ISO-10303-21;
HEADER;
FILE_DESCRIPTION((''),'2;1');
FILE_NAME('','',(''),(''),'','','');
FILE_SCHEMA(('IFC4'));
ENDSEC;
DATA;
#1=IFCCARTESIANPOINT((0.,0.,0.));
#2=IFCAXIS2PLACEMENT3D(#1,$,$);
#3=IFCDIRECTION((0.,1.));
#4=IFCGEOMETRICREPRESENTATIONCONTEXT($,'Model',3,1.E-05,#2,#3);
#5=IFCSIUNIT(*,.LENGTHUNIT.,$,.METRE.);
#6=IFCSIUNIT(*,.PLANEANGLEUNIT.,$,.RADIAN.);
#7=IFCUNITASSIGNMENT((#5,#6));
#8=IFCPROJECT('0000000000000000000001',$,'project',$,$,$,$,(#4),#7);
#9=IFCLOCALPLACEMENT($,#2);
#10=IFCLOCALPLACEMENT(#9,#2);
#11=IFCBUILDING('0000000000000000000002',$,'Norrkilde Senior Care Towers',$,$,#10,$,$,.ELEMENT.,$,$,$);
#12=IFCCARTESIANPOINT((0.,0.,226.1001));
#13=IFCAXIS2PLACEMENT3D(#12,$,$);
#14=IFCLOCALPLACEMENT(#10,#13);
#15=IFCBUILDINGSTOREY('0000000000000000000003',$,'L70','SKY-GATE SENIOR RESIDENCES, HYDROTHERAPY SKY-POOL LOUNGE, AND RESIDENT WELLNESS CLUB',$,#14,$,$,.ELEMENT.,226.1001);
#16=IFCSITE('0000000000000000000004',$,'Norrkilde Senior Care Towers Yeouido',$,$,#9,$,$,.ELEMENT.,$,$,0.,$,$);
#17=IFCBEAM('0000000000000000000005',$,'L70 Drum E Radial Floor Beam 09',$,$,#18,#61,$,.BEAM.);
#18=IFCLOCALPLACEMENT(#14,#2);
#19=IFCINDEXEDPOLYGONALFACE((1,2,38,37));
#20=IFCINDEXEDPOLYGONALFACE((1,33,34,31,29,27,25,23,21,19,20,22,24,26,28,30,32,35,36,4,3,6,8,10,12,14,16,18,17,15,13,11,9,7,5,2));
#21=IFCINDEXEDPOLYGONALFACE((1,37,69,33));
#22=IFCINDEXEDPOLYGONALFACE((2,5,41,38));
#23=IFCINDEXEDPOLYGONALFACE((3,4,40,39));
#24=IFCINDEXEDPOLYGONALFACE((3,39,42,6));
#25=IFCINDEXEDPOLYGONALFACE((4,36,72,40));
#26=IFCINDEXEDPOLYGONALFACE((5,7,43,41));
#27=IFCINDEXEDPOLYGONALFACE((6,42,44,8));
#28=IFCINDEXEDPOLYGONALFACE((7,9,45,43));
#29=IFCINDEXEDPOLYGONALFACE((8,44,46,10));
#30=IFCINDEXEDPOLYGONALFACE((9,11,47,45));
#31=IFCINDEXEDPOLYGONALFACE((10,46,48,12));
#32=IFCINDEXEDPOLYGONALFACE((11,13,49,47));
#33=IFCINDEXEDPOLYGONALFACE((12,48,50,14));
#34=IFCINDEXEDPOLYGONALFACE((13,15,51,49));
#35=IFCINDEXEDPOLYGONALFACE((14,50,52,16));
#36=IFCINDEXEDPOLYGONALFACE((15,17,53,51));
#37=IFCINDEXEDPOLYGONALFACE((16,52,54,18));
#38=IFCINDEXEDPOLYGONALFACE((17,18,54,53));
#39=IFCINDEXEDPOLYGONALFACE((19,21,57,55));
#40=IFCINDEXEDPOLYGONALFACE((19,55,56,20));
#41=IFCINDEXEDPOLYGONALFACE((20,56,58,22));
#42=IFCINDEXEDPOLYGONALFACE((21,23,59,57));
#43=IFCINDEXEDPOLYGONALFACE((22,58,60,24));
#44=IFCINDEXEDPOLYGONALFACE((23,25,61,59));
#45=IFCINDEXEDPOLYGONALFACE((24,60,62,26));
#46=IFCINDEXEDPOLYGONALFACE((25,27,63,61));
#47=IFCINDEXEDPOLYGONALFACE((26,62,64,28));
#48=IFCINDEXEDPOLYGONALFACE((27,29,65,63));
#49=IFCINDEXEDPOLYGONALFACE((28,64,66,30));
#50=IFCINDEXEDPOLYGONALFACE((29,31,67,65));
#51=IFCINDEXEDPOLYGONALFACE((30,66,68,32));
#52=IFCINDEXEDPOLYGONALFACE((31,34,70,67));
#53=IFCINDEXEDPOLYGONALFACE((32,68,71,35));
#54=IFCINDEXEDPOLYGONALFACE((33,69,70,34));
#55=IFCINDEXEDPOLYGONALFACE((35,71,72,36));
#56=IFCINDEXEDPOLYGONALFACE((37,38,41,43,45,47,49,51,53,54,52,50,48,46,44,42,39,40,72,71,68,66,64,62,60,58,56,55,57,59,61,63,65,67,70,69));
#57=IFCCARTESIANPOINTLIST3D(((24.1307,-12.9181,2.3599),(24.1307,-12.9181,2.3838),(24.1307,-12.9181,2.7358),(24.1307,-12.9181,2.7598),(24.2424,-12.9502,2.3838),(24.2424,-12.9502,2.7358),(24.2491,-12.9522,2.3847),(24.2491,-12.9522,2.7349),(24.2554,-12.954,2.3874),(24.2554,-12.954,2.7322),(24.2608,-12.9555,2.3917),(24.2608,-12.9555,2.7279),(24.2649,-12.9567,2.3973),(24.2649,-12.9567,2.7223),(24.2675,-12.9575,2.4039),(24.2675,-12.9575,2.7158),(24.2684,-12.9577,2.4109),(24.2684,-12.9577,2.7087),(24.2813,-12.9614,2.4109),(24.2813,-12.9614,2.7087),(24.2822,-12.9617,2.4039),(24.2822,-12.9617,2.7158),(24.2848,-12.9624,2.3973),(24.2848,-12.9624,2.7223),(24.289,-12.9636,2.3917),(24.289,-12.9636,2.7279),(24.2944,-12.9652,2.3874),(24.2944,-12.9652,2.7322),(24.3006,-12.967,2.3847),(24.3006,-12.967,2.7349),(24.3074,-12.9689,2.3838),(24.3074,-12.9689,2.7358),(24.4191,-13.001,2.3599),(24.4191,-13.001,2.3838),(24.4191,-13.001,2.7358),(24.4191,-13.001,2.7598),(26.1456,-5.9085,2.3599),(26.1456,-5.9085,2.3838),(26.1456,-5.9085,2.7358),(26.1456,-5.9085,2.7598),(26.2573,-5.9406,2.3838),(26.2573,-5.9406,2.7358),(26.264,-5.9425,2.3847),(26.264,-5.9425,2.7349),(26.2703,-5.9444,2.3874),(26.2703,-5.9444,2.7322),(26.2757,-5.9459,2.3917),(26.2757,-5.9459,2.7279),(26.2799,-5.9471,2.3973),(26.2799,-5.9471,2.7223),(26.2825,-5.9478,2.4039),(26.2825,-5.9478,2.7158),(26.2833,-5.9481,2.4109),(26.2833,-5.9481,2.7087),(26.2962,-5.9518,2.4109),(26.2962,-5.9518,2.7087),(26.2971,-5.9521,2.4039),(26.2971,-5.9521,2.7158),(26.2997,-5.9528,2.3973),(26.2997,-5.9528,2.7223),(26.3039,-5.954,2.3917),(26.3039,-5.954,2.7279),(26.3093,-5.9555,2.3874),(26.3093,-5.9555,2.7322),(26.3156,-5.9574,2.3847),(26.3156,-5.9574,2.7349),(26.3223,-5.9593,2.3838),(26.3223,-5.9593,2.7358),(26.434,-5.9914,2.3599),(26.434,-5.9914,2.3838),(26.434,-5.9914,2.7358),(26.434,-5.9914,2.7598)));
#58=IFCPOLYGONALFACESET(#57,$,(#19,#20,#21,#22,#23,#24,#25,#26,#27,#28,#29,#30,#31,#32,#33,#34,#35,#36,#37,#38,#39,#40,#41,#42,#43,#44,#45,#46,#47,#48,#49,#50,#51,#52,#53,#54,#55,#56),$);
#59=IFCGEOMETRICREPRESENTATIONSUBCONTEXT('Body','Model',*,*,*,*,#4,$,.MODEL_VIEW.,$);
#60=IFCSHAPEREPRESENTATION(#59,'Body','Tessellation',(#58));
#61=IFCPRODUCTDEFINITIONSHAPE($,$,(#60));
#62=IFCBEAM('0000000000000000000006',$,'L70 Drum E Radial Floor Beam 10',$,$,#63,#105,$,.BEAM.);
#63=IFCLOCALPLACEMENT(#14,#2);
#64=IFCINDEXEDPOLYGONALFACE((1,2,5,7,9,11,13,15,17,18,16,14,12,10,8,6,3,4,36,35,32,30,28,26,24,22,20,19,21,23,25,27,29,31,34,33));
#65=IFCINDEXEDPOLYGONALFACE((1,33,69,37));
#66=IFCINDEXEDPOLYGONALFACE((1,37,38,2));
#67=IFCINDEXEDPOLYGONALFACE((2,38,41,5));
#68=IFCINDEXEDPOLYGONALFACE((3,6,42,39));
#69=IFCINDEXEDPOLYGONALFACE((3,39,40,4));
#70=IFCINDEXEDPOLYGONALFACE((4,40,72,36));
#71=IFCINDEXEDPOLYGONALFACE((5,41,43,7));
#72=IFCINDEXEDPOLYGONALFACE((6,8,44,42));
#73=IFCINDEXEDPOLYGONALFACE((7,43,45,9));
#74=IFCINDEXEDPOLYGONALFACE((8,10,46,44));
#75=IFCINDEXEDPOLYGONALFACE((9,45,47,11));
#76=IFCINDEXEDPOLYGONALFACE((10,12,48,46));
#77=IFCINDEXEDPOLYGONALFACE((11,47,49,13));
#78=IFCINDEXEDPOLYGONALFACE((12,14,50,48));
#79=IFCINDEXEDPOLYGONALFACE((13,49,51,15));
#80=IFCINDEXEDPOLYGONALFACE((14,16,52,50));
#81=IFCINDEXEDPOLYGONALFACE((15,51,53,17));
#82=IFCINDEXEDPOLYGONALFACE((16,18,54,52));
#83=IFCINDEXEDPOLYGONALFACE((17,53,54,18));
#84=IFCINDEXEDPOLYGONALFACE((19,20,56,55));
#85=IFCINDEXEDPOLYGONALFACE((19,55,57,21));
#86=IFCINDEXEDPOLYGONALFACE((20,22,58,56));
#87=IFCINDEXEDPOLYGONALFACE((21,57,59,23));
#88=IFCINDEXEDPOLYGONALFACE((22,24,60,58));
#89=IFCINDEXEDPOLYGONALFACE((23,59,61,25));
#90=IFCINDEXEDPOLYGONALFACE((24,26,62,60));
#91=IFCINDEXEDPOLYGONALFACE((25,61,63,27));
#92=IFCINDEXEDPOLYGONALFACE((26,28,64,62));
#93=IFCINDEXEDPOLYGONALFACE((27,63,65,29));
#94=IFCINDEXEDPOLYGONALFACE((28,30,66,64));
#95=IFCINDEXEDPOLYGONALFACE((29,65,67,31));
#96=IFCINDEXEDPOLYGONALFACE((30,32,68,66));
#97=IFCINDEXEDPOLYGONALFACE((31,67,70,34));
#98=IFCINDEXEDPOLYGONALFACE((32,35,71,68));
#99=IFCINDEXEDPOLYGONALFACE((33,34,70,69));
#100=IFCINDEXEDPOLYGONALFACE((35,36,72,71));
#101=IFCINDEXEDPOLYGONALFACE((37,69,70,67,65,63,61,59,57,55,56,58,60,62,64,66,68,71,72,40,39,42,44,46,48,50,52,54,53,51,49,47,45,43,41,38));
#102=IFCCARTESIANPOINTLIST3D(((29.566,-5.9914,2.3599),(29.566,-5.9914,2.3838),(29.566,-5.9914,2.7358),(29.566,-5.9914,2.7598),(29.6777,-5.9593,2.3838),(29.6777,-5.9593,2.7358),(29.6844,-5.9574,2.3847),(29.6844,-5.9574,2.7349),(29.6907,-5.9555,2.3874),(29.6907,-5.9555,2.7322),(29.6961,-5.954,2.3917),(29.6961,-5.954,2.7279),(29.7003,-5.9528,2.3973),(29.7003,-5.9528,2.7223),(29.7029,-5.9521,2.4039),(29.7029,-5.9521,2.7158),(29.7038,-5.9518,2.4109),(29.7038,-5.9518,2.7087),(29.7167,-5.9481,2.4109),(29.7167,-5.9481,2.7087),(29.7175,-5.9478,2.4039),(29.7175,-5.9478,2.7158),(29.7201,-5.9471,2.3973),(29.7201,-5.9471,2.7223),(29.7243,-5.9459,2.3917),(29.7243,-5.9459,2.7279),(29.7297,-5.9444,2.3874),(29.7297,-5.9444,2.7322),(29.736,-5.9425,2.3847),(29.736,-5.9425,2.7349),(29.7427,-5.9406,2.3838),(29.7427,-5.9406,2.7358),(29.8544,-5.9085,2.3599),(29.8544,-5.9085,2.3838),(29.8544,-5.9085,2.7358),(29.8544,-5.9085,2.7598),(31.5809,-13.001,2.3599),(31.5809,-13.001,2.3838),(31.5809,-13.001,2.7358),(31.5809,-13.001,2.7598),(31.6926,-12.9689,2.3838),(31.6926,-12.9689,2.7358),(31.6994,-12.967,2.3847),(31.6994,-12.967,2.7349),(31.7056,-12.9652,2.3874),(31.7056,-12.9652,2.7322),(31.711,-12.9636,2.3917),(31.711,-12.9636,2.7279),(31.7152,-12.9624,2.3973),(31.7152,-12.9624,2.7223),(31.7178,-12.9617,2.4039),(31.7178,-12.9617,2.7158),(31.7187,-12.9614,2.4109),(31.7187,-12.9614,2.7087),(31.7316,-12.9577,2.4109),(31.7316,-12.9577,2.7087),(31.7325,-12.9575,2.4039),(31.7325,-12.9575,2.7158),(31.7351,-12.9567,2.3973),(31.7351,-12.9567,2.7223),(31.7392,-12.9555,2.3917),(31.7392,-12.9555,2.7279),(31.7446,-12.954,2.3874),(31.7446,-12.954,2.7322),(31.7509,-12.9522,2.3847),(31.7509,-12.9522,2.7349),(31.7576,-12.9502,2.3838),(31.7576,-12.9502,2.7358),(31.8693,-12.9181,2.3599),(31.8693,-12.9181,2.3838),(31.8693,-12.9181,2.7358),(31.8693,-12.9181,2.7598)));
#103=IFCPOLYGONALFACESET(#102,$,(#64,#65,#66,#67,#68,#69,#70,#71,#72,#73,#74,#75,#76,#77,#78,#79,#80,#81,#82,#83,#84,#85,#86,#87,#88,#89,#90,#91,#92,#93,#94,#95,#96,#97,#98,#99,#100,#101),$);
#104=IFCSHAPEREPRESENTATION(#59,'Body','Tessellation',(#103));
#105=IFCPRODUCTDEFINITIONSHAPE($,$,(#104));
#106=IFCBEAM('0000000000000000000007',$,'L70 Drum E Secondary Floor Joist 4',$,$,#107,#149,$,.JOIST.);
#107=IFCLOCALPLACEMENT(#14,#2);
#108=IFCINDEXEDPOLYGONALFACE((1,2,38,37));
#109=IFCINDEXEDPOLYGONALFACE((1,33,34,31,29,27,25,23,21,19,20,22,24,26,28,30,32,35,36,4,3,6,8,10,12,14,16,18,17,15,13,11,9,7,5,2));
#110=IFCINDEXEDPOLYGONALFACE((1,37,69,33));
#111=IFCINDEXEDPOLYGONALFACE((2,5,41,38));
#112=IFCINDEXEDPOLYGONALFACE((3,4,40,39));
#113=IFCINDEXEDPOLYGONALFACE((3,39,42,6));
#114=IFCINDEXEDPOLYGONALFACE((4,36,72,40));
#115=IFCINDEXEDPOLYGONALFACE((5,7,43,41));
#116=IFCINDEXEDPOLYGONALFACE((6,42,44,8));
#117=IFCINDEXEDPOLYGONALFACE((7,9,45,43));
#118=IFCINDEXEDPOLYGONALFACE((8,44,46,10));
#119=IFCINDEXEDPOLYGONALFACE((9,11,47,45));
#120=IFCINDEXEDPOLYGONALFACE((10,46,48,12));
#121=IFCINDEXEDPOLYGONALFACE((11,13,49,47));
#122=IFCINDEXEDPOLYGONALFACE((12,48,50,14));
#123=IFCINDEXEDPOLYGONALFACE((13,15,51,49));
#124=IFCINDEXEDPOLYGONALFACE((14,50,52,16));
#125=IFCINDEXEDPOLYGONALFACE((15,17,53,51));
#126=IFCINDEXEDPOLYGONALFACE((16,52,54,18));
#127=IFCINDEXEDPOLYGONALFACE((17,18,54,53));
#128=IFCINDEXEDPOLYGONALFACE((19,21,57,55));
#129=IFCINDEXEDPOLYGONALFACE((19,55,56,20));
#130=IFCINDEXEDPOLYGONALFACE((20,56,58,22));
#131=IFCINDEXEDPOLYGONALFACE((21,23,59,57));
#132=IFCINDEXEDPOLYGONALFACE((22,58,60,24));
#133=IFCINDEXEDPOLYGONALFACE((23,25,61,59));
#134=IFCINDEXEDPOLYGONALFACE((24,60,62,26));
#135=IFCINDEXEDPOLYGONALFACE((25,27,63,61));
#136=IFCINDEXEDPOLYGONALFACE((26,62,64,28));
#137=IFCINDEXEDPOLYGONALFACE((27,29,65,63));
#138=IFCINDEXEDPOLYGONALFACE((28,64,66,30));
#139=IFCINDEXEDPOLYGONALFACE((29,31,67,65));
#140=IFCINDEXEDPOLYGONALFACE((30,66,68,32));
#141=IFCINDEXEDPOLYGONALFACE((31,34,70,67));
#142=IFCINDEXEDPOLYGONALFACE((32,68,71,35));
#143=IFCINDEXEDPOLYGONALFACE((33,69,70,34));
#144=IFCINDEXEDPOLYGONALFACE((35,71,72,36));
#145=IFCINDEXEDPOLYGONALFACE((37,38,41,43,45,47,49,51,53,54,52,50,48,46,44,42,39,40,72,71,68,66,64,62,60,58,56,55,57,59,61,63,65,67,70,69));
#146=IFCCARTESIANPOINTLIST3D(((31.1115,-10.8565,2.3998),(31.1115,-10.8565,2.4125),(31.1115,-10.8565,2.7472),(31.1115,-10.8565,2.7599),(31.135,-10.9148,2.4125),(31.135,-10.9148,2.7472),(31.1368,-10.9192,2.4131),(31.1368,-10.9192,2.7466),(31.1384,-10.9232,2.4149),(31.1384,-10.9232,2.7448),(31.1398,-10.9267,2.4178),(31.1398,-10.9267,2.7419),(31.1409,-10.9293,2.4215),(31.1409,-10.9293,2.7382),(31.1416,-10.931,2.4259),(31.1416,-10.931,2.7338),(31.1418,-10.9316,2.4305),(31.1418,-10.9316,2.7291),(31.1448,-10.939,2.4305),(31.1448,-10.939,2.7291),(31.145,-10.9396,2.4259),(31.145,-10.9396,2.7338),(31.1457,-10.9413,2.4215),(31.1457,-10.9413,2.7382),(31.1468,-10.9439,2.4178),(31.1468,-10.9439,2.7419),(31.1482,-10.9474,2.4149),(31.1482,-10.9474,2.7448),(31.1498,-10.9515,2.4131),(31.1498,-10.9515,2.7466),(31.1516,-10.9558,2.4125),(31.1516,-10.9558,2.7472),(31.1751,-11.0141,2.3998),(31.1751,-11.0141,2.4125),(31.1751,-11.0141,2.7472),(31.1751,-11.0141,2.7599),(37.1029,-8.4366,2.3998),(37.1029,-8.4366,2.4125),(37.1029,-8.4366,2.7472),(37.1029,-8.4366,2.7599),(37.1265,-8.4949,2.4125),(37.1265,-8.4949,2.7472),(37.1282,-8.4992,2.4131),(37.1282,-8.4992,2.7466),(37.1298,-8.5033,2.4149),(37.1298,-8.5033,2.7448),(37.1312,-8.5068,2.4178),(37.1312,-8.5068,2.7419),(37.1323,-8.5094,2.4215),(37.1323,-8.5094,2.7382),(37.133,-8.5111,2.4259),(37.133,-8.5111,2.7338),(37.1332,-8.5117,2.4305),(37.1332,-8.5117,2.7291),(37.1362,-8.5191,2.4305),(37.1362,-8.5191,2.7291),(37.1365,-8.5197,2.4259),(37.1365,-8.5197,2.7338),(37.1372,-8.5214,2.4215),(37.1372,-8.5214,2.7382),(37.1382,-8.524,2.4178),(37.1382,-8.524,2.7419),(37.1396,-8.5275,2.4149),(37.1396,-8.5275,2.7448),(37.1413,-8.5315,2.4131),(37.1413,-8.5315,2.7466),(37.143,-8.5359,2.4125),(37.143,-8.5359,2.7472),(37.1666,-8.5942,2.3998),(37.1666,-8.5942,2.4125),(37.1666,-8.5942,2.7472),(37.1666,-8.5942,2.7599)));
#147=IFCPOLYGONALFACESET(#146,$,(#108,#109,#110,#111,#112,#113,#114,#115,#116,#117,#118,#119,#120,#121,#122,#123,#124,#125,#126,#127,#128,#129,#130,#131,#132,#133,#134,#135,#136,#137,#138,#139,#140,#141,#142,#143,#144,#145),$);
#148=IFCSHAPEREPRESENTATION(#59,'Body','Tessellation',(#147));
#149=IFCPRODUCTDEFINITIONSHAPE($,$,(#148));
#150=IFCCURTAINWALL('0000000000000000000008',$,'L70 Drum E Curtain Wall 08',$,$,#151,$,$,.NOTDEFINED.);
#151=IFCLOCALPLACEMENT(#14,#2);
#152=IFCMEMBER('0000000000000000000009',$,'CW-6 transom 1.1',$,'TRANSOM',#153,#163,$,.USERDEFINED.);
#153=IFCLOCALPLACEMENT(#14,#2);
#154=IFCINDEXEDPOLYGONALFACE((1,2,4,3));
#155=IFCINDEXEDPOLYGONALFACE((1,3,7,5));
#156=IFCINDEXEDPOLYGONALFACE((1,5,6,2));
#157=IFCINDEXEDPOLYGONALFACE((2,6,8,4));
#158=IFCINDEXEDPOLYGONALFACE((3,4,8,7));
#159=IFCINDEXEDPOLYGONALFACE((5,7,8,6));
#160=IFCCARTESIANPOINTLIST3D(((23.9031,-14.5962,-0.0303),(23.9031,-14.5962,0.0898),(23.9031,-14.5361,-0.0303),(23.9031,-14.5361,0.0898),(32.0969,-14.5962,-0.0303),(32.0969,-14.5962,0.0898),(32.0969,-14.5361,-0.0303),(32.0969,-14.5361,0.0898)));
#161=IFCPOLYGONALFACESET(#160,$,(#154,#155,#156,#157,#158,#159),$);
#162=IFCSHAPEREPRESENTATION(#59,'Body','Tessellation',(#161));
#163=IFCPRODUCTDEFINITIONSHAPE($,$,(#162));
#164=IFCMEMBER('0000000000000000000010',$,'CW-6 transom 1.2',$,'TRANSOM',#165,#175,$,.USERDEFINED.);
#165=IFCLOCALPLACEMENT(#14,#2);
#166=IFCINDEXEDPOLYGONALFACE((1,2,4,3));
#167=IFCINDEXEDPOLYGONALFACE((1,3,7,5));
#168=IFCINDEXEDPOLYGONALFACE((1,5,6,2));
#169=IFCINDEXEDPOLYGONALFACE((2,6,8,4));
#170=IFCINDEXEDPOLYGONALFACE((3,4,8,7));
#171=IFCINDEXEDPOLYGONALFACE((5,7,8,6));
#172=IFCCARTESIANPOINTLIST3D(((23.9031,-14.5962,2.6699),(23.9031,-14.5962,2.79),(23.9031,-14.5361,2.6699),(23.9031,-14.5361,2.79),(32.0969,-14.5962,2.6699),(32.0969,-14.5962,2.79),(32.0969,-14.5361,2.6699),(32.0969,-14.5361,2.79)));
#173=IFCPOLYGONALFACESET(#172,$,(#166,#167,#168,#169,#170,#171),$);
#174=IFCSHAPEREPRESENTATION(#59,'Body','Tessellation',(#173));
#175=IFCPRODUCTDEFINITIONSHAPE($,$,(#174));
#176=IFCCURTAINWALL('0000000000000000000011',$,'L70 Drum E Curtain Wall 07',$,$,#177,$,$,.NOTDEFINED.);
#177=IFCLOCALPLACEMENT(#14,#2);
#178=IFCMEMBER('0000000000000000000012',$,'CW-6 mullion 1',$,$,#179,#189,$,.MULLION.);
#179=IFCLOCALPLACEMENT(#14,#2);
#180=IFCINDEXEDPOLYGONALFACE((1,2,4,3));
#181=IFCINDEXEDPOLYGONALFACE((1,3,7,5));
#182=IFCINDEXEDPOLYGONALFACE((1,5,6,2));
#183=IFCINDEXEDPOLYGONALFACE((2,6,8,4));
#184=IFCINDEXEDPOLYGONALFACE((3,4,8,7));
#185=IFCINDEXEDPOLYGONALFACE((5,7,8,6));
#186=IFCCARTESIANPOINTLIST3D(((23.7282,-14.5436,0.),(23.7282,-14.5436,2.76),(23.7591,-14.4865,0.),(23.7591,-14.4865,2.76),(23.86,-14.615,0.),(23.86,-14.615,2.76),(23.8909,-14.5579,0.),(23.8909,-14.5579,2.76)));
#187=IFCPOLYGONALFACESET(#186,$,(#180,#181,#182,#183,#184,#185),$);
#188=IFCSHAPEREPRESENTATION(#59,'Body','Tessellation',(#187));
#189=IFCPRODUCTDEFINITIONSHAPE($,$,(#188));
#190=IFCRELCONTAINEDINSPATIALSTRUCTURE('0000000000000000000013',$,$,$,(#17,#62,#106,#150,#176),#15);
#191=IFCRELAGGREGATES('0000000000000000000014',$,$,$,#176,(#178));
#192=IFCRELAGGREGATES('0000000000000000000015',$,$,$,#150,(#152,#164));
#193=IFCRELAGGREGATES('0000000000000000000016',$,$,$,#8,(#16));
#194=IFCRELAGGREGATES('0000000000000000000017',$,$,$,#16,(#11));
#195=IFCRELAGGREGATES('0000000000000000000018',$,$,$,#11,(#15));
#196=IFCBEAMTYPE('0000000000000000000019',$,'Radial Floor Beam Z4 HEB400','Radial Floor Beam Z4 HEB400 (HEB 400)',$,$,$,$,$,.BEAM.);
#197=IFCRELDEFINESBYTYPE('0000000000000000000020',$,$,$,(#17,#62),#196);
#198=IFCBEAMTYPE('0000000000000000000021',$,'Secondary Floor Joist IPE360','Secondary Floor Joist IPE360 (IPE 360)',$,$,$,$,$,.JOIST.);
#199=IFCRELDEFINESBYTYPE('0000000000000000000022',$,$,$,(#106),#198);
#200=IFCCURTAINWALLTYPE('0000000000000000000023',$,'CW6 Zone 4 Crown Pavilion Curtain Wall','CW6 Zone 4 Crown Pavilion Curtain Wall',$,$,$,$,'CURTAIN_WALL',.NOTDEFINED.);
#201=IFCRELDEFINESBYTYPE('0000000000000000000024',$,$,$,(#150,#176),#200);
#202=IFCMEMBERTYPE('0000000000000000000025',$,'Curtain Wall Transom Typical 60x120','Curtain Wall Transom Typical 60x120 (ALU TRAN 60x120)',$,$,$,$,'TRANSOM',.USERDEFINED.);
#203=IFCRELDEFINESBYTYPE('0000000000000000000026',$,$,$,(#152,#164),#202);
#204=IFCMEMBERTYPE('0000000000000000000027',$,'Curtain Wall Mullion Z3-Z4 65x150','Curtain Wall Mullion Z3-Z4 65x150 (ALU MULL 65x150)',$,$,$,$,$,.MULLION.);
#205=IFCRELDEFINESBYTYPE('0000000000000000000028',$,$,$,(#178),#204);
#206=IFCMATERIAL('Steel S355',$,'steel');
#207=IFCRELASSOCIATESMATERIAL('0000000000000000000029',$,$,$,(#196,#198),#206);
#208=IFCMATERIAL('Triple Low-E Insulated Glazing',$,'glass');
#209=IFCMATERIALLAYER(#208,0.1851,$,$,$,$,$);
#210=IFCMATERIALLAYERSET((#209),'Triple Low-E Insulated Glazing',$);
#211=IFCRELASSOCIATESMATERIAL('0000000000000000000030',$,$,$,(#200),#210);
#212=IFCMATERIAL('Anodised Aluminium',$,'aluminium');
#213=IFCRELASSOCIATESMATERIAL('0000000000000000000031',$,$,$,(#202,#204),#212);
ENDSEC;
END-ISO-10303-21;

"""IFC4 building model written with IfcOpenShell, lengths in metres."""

from ifc_helpers import new_model, si_unit, direction, frame, origin, origin_2d, place, context, subcontext, project, spatial, rectangle, i_section, extrude, source, transform, mapped, material, layer, layer_set, material_profile, profile_set, type_object, type_shapes, element, aggregate, save


model = new_model("IFC4")

# Units and contexts
model_context = context("Model", 3, precision=1e-05, world=origin(), true_north=direction((0.0, 1.0)))
body_context = subcontext(model_context, "Body", "Model", "MODEL_VIEW")
ifc_project = project(units=[si_unit("LENGTHUNIT", "METRE"), si_unit("PLANEANGLEUNIT", "RADIAN")], contexts=[model_context])

# Site, building, storey
site_placement = place(None, origin())
site = spatial("IfcSite", under=ifc_project, at=site_placement, Name="Norrkilde Senior Care Towers Yeouido", CompositionType="ELEMENT", RefElevation=0.0)
building_placement = place(site_placement, origin())
building = spatial("IfcBuilding", under=site, at=building_placement, Name="Norrkilde Senior Care Towers", CompositionType="ELEMENT")
storey_placement = place(building_placement, frame((0.0, 0.0, 226.1001)))
storey = spatial("IfcBuildingStorey", under=building, at=storey_placement, Name="L70", Description="SKY-GATE SENIOR RESIDENCES, HYDROTHERAPY SKY-POOL LOUNGE, AND RESIDENT WELLNESS CLUB", CompositionType="ELEMENT", Elevation=226.1001)

# Beams
ifc_material_1 = material(Name="Steel S355", Category="steel")
ifc_material_profile_1 = material_profile(ifc_material_1, i_section(OverallWidth=0.3, OverallDepth=0.3999, WebThickness=0.0134, FlangeThickness=0.0239, FilletRadius=0.0271, at=origin_2d()), Name="HEB 400")
ifc_profile_set_1 = profile_set([ifc_material_profile_1], Name="Steel S355")
beam_type_1 = type_object("IfcBeamType", Name="Radial Floor Beam Z4 HEB400", Description="Radial Floor Beam Z4 HEB400 (HEB 400)", PredefinedType="BEAM", material=ifc_profile_set_1)
shared_shape_1 = source(origin(), body_context, "Body", "SweptSolid", [
    extrude(i_section(OverallWidth=0.3, OverallDepth=0.3999, WebThickness=0.0134, FlangeThickness=0.0239, FilletRadius=0.0271, at=origin_2d()), origin(), (0.0, 0.0, 1.0), 7.2935),
])
type_shapes(beam_type_1, [shared_shape_1])
for number, where, z_axis, x_axis, name in (
    (1, (26.2898, -5.95, 2.5598), (-0.276264, -0.961082, 0.0), (0.961082, -0.276264, 0.0), "L70 Drum E Radial Floor Beam 09"),
    (2, (29.7102, -5.95, 2.5598), (0.276264, -0.961082, 0.0), (0.961082, 0.276264, 0.0), "L70 Drum E Radial Floor Beam 10"),
):
    element("IfcBeam", number, at=place(storey_placement, frame(where, z_axis=z_axis, x_axis=x_axis)), inside=storey, type_object=beam_type_1, Name=name, PredefinedType="BEAM", context=body_context, shape_type="MappedRepresentation", body=[
        mapped(shared_shape_1, transform((0.0, 0.0, 0.0), x_axis=(1.0, 0.0, 0.0), y_axis=(0.0, 1.0, 0.0), z_axis=(0.0, 0.0, 1.0), scale=1.0)),
    ])
ifc_material_profile_2 = material_profile(ifc_material_1, i_section(OverallWidth=0.1699, OverallDepth=0.3601, WebThickness=0.0081, FlangeThickness=0.0127, FilletRadius=0.0181, at=origin_2d()), Name="IPE 360")
ifc_profile_set_2 = profile_set([ifc_material_profile_2], Name="Steel S355")
beam_type_2 = type_object("IfcBeamType", Name="Secondary Floor Joist IPE360", Description="Secondary Floor Joist IPE360 (IPE 360)", PredefinedType="JOIST", material=ifc_profile_set_2)
shared_shape_2 = source(origin(), body_context, "Body", "SweptSolid", [
    extrude(i_section(OverallWidth=0.1699, OverallDepth=0.3601, WebThickness=0.0081, FlangeThickness=0.0127, FilletRadius=0.0181, at=origin_2d()), origin(), (0.0, 0.0, 1.0), 6.4617),
])
type_shapes(beam_type_2, [shared_shape_2])
beam_1_placement = place(storey_placement, frame((31.1433, -10.9353, 2.5798), z_axis=(0.927226, 0.374502, 0.0), x_axis=(-0.374502, 0.927226, 0.0)))
element("IfcBeam", 3, at=beam_1_placement, inside=storey, type_object=beam_type_2, Name="L70 Drum E Secondary Floor Joist 4", PredefinedType="JOIST", context=body_context, shape_type="MappedRepresentation", body=[
    mapped(shared_shape_2, transform((0.0, 0.0, 0.0), x_axis=(1.0, 0.0, 0.0), y_axis=(0.0, 1.0, 0.0), z_axis=(0.0, 0.0, 1.0), scale=1.0)),
])

# Curtain wall, members
ifc_material_2 = material(Name="Triple Low-E Insulated Glazing", Category="glass")
ifc_layer_1 = layer(ifc_material_2, 0.1851)
ifc_layer_set_1 = layer_set([ifc_layer_1], Name="Triple Low-E Insulated Glazing")
curtain_wall_type = type_object("IfcCurtainWallType", Name="CW6 Zone 4 Crown Pavilion Curtain Wall", Description="CW6 Zone 4 Crown Pavilion Curtain Wall", ElementType="CURTAIN_WALL", PredefinedType="NOTDEFINED", material=ifc_layer_set_1)
curtain_wall_1_placement = place(storey_placement, origin())
curtain_wall_1 = element("IfcCurtainWall", 4, at=curtain_wall_1_placement, inside=storey, type_object=curtain_wall_type, Name="L70 Drum E Curtain Wall 08", PredefinedType="NOTDEFINED")
ifc_material_3 = material(Name="Anodised Aluminium", Category="aluminium")
ifc_material_profile_3 = material_profile(ifc_material_3, rectangle(XDim=0.0601, YDim=0.1201, at=origin_2d()), Name="ALU TRAN 60x120")
ifc_profile_set_3 = profile_set([ifc_material_profile_3], Name="Anodised Aluminium")
member_type_1 = type_object("IfcMemberType", Name="Curtain Wall Transom Typical 60x120", Description="Curtain Wall Transom Typical 60x120 (ALU TRAN 60x120)", ElementType="TRANSOM", PredefinedType="USERDEFINED", material=ifc_profile_set_3)
shared_shape_3 = source(origin(), body_context, "Body", "SweptSolid", [
    extrude(rectangle(XDim=0.0601, YDim=0.1201, at=origin_2d()), origin(), (0.0, 0.0, 1.0), 8.1938),
])
type_shapes(member_type_1, [shared_shape_3])
member_1_placement = place(storey_placement, frame((32.0969, -14.5662, 0.0298), z_axis=(-1.0, 0.0, 0.0), x_axis=(0.0, -1.0, 0.0)))
member_1 = element("IfcMember", 5, at=member_1_placement, type_object=member_type_1, Name="CW-6 transom 1.1", ObjectType="TRANSOM", PredefinedType="USERDEFINED", context=body_context, shape_type="MappedRepresentation", body=[
    mapped(shared_shape_3, transform((0.0, 0.0, 0.0), x_axis=(1.0, 0.0, 0.0), y_axis=(0.0, 1.0, 0.0), z_axis=(0.0, 0.0, 1.0), scale=1.0)),
])
member_2_placement = place(storey_placement, frame((32.0969, -14.5662, 2.73), z_axis=(-1.0, 0.0, 0.0), x_axis=(0.0, -1.0, 0.0)))
member_2 = element("IfcMember", 6, at=member_2_placement, type_object=member_type_1, Name="CW-6 transom 1.2", ObjectType="TRANSOM", PredefinedType="USERDEFINED", context=body_context, shape_type="MappedRepresentation", body=[
    mapped(shared_shape_3, transform((0.0, 0.0, 0.0), x_axis=(1.0, 0.0, 0.0), y_axis=(0.0, 1.0, 0.0), z_axis=(0.0, 0.0, 1.0), scale=1.0)),
])

# Curtain wall, member
curtain_wall_2_placement = place(storey_placement, origin())
curtain_wall_2 = element("IfcCurtainWall", 7, at=curtain_wall_2_placement, inside=storey, type_object=curtain_wall_type, Name="L70 Drum E Curtain Wall 07", PredefinedType="NOTDEFINED")
ifc_material_profile_4 = material_profile(ifc_material_3, rectangle(XDim=0.0649, YDim=0.1499, at=origin_2d()), Name="ALU MULL 65x150")
ifc_profile_set_4 = profile_set([ifc_material_profile_4], Name="Anodised Aluminium")
member_type_2 = type_object("IfcMemberType", Name="Curtain Wall Mullion Z3-Z4 65x150", Description="Curtain Wall Mullion Z3-Z4 65x150 (ALU MULL 65x150)", PredefinedType="MULLION", material=ifc_profile_set_4)
shared_shape_4 = source(origin(), body_context, "Body", "SweptSolid", [
    extrude(rectangle(XDim=0.0649, YDim=0.1499, at=origin_2d()), origin(), (0.0, 0.0, 1.0), 2.76),
])
type_shapes(member_type_2, [shared_shape_4])
member_3_placement = place(storey_placement, frame((23.8096, -14.5508, 0.0), z_axis=(0.0, 0.0, 1.0), x_axis=(-0.476133, -0.879373, 0.0)))
member_3 = element("IfcMember", 8, at=member_3_placement, type_object=member_type_2, Name="CW-6 mullion 1", PredefinedType="MULLION", context=body_context, shape_type="MappedRepresentation", body=[
    mapped(shared_shape_4, transform((0.0, 0.0, 0.0), x_axis=(1.0, 0.0, 0.0), y_axis=(0.0, 1.0, 0.0), z_axis=(0.0, 0.0, 1.0), scale=1.0)),
])
aggregate(curtain_wall_2, [member_3])

aggregate(curtain_wall_1, [member_1, member_2])

save(model, "model.ifc")
